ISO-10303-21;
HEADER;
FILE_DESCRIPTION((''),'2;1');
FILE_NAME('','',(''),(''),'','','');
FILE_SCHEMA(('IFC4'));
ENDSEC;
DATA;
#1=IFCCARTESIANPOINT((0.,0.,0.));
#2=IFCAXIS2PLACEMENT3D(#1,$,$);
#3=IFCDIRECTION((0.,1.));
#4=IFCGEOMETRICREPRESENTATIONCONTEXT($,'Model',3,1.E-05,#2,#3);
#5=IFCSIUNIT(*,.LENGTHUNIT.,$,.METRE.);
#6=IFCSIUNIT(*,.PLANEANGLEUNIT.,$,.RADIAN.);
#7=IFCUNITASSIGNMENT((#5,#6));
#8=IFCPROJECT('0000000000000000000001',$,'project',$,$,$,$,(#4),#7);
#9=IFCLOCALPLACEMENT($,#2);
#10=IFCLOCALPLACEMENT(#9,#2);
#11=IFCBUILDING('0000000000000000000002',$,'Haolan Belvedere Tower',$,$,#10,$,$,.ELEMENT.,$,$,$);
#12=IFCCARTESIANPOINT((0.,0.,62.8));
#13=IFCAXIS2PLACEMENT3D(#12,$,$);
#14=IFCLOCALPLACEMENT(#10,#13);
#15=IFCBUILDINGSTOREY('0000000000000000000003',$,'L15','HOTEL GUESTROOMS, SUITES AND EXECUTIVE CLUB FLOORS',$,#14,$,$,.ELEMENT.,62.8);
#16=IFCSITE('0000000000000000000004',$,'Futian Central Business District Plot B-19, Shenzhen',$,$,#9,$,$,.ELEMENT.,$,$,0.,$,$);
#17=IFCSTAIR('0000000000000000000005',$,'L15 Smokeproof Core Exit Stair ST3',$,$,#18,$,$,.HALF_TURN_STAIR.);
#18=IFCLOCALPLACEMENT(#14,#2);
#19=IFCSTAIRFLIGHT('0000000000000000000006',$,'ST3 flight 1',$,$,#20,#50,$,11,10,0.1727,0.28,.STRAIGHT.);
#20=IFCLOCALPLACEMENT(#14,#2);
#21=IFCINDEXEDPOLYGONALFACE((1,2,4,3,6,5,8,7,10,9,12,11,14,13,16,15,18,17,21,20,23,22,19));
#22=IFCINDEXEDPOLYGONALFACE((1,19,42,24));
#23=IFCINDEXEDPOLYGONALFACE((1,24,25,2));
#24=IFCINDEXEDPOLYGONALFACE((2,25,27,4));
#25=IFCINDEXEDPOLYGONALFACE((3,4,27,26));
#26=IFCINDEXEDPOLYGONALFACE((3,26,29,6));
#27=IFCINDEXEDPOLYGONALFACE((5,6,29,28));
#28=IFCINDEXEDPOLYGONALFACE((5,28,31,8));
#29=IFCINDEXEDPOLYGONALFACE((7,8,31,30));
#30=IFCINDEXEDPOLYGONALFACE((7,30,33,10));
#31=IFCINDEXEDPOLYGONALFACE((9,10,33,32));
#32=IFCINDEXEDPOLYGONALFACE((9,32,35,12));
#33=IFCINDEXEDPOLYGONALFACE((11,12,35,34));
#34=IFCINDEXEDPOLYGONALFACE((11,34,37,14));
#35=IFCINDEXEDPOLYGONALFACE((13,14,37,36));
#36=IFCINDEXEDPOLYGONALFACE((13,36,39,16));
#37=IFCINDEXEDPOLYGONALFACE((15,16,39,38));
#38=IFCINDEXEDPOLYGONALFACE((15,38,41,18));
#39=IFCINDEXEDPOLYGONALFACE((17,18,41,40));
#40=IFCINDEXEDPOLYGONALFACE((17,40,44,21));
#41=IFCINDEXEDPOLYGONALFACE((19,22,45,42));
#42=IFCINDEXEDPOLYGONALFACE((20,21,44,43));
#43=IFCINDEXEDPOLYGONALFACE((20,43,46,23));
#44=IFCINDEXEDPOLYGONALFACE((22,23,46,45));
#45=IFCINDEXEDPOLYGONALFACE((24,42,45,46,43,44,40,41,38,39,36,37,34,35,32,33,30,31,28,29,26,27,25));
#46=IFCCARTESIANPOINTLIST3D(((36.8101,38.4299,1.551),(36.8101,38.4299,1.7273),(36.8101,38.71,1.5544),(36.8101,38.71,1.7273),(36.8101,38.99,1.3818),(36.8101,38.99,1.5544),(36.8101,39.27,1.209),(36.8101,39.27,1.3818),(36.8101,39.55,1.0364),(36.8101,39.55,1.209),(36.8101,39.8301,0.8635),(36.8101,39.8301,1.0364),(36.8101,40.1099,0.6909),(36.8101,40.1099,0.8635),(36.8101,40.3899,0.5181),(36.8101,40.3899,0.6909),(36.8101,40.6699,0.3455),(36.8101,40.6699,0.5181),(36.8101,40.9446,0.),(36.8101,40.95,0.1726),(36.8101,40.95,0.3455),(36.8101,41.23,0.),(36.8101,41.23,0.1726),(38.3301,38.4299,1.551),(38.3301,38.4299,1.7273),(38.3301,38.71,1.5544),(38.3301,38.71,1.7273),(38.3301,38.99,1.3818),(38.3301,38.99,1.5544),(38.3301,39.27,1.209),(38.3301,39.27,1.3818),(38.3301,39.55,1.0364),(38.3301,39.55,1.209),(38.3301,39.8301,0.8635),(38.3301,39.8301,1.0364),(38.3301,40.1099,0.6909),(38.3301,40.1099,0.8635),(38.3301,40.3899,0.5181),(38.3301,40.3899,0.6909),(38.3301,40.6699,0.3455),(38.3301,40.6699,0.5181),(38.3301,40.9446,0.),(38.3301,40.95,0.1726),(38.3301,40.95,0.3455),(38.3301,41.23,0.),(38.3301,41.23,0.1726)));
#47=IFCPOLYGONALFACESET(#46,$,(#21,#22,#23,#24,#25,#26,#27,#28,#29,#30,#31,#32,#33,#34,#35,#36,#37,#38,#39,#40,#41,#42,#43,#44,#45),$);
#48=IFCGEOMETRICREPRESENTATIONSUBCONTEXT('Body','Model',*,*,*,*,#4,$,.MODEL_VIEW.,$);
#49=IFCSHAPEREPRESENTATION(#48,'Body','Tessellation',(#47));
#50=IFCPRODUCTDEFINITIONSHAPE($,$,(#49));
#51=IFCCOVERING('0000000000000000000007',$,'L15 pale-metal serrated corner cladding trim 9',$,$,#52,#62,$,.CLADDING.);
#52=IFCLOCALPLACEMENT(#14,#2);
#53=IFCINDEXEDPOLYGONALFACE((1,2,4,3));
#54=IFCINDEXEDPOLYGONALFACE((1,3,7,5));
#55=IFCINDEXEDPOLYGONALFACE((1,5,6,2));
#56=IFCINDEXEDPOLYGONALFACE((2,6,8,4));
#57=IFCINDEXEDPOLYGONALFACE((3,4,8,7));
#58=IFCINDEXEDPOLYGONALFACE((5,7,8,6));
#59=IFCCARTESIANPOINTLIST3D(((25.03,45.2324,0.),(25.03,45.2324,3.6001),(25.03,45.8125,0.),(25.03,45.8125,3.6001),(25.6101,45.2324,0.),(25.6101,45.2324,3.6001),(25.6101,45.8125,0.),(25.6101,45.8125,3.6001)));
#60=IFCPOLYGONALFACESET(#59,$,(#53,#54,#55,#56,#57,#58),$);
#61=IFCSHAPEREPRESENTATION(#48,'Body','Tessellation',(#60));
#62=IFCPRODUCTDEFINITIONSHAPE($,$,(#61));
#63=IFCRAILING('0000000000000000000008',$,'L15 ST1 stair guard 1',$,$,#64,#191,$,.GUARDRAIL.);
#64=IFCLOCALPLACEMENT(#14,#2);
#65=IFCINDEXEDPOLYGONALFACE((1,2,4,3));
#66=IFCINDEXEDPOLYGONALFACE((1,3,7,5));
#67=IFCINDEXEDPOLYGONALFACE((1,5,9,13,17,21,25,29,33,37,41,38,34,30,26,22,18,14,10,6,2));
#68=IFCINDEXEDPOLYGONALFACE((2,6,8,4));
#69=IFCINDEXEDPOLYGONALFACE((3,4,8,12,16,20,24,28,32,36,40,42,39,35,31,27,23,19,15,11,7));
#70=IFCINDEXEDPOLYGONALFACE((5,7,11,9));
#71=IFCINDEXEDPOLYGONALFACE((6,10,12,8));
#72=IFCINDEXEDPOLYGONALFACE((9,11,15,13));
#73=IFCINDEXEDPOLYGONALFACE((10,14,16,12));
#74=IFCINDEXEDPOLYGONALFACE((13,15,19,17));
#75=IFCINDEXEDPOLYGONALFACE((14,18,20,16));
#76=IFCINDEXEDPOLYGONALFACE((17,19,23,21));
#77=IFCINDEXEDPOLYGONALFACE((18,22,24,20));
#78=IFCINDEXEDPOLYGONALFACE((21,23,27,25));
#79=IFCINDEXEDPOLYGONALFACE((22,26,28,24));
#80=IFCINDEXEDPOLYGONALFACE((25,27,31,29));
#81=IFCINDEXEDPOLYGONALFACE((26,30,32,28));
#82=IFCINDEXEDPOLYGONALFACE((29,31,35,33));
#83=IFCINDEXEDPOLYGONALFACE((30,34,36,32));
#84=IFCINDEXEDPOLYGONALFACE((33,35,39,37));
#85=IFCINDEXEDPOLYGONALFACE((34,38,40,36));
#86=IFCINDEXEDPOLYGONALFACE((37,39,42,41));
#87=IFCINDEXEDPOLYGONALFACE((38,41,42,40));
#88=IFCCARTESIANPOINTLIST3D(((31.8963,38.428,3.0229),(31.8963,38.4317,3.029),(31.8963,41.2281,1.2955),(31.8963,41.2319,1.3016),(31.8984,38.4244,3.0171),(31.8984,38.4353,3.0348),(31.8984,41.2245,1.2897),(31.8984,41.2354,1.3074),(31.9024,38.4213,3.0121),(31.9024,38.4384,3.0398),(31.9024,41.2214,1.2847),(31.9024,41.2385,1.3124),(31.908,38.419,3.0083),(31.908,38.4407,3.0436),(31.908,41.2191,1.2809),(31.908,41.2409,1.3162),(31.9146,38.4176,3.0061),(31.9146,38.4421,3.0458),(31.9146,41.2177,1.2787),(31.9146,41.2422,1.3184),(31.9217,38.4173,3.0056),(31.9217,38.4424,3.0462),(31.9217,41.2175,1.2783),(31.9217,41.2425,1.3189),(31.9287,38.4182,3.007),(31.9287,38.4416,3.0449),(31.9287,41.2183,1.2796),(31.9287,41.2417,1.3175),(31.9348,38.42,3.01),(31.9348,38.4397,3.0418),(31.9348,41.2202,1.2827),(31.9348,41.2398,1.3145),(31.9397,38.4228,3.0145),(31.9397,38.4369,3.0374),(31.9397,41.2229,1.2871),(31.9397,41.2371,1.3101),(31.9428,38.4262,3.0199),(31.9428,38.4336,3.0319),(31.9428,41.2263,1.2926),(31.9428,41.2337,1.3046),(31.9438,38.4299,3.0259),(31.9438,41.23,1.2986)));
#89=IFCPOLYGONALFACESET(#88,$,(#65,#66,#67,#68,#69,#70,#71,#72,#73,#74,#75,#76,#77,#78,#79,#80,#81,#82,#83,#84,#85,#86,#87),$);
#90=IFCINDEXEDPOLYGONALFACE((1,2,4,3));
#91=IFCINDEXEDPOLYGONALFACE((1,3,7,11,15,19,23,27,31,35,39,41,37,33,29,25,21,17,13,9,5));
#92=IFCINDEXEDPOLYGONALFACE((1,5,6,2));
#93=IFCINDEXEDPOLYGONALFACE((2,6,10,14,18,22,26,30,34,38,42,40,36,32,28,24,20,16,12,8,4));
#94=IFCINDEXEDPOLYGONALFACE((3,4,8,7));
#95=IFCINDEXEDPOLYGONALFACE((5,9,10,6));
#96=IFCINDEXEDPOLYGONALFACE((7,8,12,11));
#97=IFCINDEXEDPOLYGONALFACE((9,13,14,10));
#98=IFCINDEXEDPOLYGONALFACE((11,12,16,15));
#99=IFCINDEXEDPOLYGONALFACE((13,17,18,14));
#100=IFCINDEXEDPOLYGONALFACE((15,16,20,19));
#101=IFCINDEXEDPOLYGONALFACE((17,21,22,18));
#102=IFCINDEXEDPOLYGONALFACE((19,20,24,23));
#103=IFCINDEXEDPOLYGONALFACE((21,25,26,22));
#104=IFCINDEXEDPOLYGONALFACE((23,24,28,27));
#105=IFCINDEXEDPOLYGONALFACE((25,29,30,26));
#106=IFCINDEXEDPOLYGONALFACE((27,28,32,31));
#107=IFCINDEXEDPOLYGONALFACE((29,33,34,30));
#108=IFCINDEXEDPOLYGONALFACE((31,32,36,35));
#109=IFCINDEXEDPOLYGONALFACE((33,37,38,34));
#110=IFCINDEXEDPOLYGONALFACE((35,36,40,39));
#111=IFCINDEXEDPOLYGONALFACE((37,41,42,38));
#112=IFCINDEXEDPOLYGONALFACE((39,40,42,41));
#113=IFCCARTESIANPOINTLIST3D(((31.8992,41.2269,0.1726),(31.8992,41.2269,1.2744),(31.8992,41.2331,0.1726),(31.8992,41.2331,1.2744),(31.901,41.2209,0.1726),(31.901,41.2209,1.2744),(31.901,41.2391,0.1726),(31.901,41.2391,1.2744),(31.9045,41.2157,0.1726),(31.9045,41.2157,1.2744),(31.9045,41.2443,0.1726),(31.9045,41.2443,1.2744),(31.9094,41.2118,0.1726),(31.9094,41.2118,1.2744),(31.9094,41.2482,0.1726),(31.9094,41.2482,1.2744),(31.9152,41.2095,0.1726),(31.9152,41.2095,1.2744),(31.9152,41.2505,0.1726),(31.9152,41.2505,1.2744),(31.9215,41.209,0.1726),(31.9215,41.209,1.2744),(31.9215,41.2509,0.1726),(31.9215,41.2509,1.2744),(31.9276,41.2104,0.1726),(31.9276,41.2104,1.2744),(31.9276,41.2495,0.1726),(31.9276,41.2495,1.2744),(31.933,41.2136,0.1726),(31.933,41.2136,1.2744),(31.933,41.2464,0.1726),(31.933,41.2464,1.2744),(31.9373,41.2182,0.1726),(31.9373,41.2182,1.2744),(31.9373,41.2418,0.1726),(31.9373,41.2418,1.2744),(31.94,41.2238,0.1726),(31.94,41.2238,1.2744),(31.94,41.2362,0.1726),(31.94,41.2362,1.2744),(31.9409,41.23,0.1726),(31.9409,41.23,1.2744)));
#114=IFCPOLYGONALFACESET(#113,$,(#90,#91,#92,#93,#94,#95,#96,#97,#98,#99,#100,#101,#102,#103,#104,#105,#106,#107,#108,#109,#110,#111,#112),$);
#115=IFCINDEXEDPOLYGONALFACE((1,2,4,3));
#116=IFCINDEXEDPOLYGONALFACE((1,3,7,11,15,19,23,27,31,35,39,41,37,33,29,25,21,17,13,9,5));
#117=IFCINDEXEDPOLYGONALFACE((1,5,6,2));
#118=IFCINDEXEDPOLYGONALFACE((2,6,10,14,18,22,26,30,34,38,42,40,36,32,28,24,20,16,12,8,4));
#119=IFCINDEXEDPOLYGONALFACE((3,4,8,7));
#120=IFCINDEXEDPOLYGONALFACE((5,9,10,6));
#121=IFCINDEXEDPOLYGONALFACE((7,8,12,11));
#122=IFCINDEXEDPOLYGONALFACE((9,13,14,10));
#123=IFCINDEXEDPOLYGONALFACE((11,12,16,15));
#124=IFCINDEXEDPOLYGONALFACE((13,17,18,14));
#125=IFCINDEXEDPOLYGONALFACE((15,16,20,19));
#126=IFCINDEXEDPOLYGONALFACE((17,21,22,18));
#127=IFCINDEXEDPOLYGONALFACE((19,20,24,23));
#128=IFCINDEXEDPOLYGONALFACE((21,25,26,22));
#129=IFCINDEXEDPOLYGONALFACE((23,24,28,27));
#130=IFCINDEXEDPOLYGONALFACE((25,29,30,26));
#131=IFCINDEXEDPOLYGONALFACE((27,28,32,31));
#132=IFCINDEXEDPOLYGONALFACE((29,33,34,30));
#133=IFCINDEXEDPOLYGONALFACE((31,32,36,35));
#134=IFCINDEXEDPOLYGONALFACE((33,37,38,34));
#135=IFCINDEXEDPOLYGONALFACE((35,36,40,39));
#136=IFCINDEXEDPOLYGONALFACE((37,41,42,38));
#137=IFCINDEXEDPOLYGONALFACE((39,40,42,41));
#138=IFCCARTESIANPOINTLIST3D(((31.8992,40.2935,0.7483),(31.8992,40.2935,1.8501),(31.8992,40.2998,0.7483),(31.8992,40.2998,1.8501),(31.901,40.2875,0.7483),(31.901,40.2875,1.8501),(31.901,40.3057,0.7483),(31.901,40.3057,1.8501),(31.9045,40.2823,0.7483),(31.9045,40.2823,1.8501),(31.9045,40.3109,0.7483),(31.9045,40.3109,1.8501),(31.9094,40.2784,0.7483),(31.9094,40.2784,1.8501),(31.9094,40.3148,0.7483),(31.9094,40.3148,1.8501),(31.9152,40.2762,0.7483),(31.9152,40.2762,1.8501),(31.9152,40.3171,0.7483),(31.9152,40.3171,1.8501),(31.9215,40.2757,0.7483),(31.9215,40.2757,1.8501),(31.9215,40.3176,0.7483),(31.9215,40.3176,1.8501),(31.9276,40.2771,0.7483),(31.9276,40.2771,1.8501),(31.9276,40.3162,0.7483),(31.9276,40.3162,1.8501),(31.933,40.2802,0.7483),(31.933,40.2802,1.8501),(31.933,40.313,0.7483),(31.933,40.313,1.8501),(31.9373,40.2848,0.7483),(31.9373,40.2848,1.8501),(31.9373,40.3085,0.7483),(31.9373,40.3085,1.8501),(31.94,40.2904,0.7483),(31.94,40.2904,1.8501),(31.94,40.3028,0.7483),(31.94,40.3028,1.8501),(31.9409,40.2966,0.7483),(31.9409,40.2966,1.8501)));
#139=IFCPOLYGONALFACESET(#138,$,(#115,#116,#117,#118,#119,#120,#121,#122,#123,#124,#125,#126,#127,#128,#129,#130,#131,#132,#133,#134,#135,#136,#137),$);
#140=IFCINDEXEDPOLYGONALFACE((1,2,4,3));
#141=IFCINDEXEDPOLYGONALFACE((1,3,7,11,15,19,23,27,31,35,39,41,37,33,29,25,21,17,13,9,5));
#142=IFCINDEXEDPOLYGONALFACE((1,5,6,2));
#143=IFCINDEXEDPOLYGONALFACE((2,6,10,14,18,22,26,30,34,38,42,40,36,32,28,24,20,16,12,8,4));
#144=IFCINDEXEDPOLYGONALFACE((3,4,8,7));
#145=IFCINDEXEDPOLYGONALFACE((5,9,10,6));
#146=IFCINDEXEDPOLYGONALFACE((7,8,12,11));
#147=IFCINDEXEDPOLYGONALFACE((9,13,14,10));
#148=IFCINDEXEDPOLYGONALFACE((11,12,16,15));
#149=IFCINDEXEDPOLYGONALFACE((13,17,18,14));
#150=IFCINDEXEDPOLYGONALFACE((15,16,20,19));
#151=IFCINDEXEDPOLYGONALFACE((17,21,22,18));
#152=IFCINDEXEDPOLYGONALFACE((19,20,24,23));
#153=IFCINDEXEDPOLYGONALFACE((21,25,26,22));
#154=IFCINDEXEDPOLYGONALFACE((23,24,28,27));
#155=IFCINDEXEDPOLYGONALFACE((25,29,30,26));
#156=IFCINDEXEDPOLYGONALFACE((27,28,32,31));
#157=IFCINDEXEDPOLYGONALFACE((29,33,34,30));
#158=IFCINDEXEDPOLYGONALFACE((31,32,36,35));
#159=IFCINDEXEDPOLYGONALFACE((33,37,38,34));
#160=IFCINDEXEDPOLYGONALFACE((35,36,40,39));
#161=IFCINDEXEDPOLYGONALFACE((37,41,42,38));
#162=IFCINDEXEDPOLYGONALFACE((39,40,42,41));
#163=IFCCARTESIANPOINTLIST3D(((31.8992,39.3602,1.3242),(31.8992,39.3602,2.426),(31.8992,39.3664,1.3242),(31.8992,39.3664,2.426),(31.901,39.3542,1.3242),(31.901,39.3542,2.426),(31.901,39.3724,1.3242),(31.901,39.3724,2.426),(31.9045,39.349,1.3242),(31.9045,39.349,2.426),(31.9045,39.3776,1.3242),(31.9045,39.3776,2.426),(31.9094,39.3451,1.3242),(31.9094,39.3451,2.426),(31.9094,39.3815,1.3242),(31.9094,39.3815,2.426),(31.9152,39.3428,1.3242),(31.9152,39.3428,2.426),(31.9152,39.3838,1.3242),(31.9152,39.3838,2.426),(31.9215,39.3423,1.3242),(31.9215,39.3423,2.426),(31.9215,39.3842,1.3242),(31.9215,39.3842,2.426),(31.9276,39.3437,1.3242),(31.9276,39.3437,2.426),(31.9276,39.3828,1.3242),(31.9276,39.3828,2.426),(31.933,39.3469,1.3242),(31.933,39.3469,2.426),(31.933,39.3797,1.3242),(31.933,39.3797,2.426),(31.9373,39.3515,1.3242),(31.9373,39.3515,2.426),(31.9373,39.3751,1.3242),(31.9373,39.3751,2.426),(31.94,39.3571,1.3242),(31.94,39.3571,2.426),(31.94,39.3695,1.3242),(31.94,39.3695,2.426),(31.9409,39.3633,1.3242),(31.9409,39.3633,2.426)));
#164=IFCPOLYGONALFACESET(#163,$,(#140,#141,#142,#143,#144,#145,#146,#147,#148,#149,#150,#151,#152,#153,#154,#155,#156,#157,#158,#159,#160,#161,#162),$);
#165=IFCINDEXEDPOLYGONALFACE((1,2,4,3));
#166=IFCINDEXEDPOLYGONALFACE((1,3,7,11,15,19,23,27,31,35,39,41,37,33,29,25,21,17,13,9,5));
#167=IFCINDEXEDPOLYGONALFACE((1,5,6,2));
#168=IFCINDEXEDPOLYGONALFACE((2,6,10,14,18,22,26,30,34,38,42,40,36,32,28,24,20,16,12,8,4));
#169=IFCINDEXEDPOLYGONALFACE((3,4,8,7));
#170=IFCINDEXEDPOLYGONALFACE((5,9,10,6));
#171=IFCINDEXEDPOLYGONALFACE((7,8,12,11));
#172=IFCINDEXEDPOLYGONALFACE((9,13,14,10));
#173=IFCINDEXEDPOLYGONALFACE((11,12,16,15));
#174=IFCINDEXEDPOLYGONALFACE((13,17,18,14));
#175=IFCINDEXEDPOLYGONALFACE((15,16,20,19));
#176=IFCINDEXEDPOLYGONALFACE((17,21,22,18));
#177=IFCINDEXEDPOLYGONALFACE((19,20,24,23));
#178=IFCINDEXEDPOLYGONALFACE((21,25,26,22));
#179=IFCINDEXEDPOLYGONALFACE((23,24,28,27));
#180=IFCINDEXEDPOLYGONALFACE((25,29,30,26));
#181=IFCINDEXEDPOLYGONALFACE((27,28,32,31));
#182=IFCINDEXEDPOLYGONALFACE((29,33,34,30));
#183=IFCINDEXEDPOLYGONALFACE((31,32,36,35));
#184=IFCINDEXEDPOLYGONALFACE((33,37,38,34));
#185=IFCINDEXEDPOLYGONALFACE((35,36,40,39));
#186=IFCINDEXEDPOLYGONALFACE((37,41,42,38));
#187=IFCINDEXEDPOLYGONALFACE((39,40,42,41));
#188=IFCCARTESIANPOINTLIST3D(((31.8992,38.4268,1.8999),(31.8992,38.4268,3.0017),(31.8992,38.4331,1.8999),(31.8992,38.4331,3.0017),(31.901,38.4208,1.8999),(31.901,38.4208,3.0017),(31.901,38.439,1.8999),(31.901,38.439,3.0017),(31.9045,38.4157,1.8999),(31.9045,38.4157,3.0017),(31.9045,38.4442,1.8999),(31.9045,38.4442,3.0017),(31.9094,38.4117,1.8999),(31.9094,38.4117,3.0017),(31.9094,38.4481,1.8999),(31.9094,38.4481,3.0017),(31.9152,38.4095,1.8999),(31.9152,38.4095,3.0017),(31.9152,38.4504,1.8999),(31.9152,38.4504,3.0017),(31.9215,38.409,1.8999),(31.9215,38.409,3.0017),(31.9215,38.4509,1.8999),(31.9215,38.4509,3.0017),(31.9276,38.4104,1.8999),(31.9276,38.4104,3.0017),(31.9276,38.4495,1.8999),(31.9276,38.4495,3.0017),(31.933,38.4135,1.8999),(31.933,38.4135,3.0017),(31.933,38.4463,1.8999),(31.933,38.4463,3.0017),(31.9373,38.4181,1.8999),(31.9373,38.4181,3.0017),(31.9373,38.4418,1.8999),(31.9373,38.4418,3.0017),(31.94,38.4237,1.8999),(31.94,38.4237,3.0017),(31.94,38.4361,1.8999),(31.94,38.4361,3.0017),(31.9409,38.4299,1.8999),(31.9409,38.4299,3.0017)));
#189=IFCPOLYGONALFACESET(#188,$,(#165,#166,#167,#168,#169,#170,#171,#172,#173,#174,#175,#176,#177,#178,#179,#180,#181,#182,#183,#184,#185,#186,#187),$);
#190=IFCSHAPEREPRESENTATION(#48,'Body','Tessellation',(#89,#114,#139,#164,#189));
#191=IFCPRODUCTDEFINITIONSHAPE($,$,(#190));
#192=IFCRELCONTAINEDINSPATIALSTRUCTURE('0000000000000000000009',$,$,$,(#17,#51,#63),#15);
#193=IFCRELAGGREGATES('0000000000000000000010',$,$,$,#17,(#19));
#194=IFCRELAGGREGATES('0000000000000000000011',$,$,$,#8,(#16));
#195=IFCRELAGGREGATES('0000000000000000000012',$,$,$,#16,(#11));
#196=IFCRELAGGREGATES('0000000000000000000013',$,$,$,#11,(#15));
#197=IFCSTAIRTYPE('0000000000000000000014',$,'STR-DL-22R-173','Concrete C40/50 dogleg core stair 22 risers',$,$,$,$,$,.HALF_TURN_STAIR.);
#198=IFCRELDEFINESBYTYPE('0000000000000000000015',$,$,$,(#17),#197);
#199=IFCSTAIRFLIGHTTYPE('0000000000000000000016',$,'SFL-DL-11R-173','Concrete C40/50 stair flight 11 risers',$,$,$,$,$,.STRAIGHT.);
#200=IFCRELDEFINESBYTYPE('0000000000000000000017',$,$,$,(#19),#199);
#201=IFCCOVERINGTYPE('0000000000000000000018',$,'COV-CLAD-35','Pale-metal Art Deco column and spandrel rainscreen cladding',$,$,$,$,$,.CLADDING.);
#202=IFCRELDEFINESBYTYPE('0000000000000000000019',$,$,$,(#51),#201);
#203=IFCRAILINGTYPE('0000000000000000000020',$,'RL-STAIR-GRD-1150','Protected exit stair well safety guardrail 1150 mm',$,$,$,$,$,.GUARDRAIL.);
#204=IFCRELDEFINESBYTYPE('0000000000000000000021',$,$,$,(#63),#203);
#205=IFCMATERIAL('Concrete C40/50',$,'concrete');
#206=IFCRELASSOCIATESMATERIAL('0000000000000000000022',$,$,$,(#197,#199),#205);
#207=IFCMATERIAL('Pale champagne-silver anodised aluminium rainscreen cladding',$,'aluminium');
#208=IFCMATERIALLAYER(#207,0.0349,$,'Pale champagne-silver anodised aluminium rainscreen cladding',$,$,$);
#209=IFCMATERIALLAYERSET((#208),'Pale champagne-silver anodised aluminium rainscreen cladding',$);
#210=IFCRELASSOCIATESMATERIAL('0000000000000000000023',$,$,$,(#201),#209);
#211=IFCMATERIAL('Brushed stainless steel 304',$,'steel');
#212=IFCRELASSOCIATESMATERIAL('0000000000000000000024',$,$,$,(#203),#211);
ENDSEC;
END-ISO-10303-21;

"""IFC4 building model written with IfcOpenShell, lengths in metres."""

from ifc_helpers import new_model, si_unit, direction, frame, origin, origin_2d, place, context, subcontext, project, spatial, polyline, rectangle, circle, outline, extrude, material, layer, layer_set, type_object, element, aggregate, save


model = new_model("IFC4")

# Units and contexts
model_context = context("Model", 3, precision=1e-05, world=origin(), true_north=direction((0.0, 1.0)))
body_context = subcontext(model_context, "Body", "Model", "MODEL_VIEW")
ifc_project = project(units=[si_unit("LENGTHUNIT", "METRE"), si_unit("PLANEANGLEUNIT", "RADIAN")], contexts=[model_context])

# Site, building, storey
site_placement = place(None, origin())
site = spatial("IfcSite", under=ifc_project, at=site_placement, Name="Futian Central Business District Plot B-19, Shenzhen", CompositionType="ELEMENT", RefElevation=0.0)
building_placement = place(site_placement, origin())
building = spatial("IfcBuilding", under=site, at=building_placement, Name="Haolan Belvedere Tower", CompositionType="ELEMENT")
storey_placement = place(building_placement, frame((0.0, 0.0, 62.8)))
storey = spatial("IfcBuildingStorey", under=building, at=storey_placement, Name="L15", Description="HOTEL GUESTROOMS, SUITES AND EXECUTIVE CLUB FLOORS", CompositionType="ELEMENT", Elevation=62.8)

# Shared definitions
ifc_material_1 = material(Name="Concrete C40/50", Category="concrete")

# Stair, stair flight
stair_type = type_object("IfcStairType", Name="STR-DL-22R-173", Description="Concrete C40/50 dogleg core stair 22 risers", PredefinedType="HALF_TURN_STAIR", material=ifc_material_1)
stair_flight_type = type_object("IfcStairFlightType", Name="SFL-DL-11R-173", Description="Concrete C40/50 stair flight 11 risers", PredefinedType="STRAIGHT", material=ifc_material_1)
stair_1_placement = place(storey_placement, origin())
stair_1 = element("IfcStair", 1, at=stair_1_placement, inside=storey, type_object=stair_type, Name="L15 Smokeproof Core Exit Stair ST3", PredefinedType="HALF_TURN_STAIR")
stair_flight_1_placement = place(storey_placement, frame((37.5701, 41.23, 0.0), z_axis=(0.0, 0.0, 1.0), x_axis=(0.0, -1.0, 0.0)))
stair_flight_1 = element("IfcStairFlight", 2, at=stair_flight_1_placement, type_object=stair_flight_type, Name="ST3 flight 1", NumberOfRisers=11, NumberOfTreads=10, PredefinedType="STRAIGHT", RiserHeight=0.1727, TreadLength=0.28, context=body_context, shape_type="SweptSolid", body=[
    extrude(outline(polyline([(0.0, 0.0), (0.0, 0.1726), (0.28, 0.1726), (0.28, 0.3455), (0.5601, 0.3455), (0.5601, 0.5181), (0.8401, 0.5181), (0.8401, 0.6909), (1.1201, 0.6909), (1.1201, 0.8635), (1.3999, 0.8635), (1.3999, 1.0364), (1.6799, 1.0364), (1.6799, 1.209), (1.96, 1.209), (1.96, 1.3818), (2.24, 1.3818), (2.24, 1.5544), (2.52, 1.5544), (2.52, 1.7273), (2.8, 1.7273), (2.8, 1.8999), (2.8, 1.551), (0.2854, 0.0), (0.0, 0.0)])), frame((0.0, 0.76, 0.0), z_axis=(0.0, -1.0, 0.0), x_axis=(1.0, 0.0, 0.0)), (0.0, 0.0, 1.0), 1.52),
])
aggregate(stair_1, [stair_flight_1])

# Covering
ifc_material_2 = material(Name="Pale champagne-silver anodised aluminium rainscreen cladding", Category="aluminium")
ifc_layer_1 = layer(ifc_material_2, 0.0349, Name="Pale champagne-silver anodised aluminium rainscreen cladding")
ifc_layer_set_1 = layer_set([ifc_layer_1], Name="Pale champagne-silver anodised aluminium rainscreen cladding")
covering_type = type_object("IfcCoveringType", Name="COV-CLAD-35", Description="Pale-metal Art Deco column and spandrel rainscreen cladding", PredefinedType="CLADDING", material=ifc_layer_set_1)
covering_placement = place(storey_placement, frame((25.3201, 45.5225, 0.0), z_axis=(0.0, 0.0, 1.0), x_axis=(1.0, 0.0, 0.0)))
element("IfcCovering", 3, at=covering_placement, inside=storey, type_object=covering_type, Name="L15 pale-metal serrated corner cladding trim 9", PredefinedType="CLADDING", context=body_context, shape_type="SweptSolid", body=[
    extrude(rectangle(XDim=0.5801, YDim=0.5801, at=origin_2d()), origin(), (0.0, 0.0, 1.0), 3.6001),
])

# Railing
ifc_material_3 = material(Name="Brushed stainless steel 304", Category="steel")
railing_type_1 = type_object("IfcRailingType", Name="RL-STAIR-GRD-1150", Description="Protected exit stair well safety guardrail 1150 mm", PredefinedType="GUARDRAIL", material=ifc_material_3)
railing_1_placement = place(storey_placement, frame((31.9199, 41.23, 0.1726)))
element("IfcRailing", 4, at=railing_1_placement, inside=storey, type_object=railing_type_1, Name="L15 ST1 stair guard 1", PredefinedType="GUARDRAIL", context=body_context, shape_type="SweptSolid", body=[
    extrude(circle(Radius=0.0239, at=origin_2d()), frame((0.0, 0.0, 1.126), z_axis=(0.0, -0.85109, 0.52502), x_axis=(1.0, 0.0, 0.0)), (0.0, 0.0, 1.0), 3.29),
    extrude(circle(Radius=0.021, at=origin_2d()), origin(), (0.0, 0.0, 1.0), 1.1018),
    extrude(circle(Radius=0.021, at=origin_2d()), frame((0.0, -0.9333, 0.5757)), (0.0, 0.0, 1.0), 1.1018),
    extrude(circle(Radius=0.021, at=origin_2d()), frame((0.0, -1.8667, 1.1516)), (0.0, 0.0, 1.0), 1.1018),
    extrude(circle(Radius=0.021, at=origin_2d()), frame((0.0, -2.8, 1.7273)), (0.0, 0.0, 1.0), 1.1018),
])

save(model, "model.ifc")
